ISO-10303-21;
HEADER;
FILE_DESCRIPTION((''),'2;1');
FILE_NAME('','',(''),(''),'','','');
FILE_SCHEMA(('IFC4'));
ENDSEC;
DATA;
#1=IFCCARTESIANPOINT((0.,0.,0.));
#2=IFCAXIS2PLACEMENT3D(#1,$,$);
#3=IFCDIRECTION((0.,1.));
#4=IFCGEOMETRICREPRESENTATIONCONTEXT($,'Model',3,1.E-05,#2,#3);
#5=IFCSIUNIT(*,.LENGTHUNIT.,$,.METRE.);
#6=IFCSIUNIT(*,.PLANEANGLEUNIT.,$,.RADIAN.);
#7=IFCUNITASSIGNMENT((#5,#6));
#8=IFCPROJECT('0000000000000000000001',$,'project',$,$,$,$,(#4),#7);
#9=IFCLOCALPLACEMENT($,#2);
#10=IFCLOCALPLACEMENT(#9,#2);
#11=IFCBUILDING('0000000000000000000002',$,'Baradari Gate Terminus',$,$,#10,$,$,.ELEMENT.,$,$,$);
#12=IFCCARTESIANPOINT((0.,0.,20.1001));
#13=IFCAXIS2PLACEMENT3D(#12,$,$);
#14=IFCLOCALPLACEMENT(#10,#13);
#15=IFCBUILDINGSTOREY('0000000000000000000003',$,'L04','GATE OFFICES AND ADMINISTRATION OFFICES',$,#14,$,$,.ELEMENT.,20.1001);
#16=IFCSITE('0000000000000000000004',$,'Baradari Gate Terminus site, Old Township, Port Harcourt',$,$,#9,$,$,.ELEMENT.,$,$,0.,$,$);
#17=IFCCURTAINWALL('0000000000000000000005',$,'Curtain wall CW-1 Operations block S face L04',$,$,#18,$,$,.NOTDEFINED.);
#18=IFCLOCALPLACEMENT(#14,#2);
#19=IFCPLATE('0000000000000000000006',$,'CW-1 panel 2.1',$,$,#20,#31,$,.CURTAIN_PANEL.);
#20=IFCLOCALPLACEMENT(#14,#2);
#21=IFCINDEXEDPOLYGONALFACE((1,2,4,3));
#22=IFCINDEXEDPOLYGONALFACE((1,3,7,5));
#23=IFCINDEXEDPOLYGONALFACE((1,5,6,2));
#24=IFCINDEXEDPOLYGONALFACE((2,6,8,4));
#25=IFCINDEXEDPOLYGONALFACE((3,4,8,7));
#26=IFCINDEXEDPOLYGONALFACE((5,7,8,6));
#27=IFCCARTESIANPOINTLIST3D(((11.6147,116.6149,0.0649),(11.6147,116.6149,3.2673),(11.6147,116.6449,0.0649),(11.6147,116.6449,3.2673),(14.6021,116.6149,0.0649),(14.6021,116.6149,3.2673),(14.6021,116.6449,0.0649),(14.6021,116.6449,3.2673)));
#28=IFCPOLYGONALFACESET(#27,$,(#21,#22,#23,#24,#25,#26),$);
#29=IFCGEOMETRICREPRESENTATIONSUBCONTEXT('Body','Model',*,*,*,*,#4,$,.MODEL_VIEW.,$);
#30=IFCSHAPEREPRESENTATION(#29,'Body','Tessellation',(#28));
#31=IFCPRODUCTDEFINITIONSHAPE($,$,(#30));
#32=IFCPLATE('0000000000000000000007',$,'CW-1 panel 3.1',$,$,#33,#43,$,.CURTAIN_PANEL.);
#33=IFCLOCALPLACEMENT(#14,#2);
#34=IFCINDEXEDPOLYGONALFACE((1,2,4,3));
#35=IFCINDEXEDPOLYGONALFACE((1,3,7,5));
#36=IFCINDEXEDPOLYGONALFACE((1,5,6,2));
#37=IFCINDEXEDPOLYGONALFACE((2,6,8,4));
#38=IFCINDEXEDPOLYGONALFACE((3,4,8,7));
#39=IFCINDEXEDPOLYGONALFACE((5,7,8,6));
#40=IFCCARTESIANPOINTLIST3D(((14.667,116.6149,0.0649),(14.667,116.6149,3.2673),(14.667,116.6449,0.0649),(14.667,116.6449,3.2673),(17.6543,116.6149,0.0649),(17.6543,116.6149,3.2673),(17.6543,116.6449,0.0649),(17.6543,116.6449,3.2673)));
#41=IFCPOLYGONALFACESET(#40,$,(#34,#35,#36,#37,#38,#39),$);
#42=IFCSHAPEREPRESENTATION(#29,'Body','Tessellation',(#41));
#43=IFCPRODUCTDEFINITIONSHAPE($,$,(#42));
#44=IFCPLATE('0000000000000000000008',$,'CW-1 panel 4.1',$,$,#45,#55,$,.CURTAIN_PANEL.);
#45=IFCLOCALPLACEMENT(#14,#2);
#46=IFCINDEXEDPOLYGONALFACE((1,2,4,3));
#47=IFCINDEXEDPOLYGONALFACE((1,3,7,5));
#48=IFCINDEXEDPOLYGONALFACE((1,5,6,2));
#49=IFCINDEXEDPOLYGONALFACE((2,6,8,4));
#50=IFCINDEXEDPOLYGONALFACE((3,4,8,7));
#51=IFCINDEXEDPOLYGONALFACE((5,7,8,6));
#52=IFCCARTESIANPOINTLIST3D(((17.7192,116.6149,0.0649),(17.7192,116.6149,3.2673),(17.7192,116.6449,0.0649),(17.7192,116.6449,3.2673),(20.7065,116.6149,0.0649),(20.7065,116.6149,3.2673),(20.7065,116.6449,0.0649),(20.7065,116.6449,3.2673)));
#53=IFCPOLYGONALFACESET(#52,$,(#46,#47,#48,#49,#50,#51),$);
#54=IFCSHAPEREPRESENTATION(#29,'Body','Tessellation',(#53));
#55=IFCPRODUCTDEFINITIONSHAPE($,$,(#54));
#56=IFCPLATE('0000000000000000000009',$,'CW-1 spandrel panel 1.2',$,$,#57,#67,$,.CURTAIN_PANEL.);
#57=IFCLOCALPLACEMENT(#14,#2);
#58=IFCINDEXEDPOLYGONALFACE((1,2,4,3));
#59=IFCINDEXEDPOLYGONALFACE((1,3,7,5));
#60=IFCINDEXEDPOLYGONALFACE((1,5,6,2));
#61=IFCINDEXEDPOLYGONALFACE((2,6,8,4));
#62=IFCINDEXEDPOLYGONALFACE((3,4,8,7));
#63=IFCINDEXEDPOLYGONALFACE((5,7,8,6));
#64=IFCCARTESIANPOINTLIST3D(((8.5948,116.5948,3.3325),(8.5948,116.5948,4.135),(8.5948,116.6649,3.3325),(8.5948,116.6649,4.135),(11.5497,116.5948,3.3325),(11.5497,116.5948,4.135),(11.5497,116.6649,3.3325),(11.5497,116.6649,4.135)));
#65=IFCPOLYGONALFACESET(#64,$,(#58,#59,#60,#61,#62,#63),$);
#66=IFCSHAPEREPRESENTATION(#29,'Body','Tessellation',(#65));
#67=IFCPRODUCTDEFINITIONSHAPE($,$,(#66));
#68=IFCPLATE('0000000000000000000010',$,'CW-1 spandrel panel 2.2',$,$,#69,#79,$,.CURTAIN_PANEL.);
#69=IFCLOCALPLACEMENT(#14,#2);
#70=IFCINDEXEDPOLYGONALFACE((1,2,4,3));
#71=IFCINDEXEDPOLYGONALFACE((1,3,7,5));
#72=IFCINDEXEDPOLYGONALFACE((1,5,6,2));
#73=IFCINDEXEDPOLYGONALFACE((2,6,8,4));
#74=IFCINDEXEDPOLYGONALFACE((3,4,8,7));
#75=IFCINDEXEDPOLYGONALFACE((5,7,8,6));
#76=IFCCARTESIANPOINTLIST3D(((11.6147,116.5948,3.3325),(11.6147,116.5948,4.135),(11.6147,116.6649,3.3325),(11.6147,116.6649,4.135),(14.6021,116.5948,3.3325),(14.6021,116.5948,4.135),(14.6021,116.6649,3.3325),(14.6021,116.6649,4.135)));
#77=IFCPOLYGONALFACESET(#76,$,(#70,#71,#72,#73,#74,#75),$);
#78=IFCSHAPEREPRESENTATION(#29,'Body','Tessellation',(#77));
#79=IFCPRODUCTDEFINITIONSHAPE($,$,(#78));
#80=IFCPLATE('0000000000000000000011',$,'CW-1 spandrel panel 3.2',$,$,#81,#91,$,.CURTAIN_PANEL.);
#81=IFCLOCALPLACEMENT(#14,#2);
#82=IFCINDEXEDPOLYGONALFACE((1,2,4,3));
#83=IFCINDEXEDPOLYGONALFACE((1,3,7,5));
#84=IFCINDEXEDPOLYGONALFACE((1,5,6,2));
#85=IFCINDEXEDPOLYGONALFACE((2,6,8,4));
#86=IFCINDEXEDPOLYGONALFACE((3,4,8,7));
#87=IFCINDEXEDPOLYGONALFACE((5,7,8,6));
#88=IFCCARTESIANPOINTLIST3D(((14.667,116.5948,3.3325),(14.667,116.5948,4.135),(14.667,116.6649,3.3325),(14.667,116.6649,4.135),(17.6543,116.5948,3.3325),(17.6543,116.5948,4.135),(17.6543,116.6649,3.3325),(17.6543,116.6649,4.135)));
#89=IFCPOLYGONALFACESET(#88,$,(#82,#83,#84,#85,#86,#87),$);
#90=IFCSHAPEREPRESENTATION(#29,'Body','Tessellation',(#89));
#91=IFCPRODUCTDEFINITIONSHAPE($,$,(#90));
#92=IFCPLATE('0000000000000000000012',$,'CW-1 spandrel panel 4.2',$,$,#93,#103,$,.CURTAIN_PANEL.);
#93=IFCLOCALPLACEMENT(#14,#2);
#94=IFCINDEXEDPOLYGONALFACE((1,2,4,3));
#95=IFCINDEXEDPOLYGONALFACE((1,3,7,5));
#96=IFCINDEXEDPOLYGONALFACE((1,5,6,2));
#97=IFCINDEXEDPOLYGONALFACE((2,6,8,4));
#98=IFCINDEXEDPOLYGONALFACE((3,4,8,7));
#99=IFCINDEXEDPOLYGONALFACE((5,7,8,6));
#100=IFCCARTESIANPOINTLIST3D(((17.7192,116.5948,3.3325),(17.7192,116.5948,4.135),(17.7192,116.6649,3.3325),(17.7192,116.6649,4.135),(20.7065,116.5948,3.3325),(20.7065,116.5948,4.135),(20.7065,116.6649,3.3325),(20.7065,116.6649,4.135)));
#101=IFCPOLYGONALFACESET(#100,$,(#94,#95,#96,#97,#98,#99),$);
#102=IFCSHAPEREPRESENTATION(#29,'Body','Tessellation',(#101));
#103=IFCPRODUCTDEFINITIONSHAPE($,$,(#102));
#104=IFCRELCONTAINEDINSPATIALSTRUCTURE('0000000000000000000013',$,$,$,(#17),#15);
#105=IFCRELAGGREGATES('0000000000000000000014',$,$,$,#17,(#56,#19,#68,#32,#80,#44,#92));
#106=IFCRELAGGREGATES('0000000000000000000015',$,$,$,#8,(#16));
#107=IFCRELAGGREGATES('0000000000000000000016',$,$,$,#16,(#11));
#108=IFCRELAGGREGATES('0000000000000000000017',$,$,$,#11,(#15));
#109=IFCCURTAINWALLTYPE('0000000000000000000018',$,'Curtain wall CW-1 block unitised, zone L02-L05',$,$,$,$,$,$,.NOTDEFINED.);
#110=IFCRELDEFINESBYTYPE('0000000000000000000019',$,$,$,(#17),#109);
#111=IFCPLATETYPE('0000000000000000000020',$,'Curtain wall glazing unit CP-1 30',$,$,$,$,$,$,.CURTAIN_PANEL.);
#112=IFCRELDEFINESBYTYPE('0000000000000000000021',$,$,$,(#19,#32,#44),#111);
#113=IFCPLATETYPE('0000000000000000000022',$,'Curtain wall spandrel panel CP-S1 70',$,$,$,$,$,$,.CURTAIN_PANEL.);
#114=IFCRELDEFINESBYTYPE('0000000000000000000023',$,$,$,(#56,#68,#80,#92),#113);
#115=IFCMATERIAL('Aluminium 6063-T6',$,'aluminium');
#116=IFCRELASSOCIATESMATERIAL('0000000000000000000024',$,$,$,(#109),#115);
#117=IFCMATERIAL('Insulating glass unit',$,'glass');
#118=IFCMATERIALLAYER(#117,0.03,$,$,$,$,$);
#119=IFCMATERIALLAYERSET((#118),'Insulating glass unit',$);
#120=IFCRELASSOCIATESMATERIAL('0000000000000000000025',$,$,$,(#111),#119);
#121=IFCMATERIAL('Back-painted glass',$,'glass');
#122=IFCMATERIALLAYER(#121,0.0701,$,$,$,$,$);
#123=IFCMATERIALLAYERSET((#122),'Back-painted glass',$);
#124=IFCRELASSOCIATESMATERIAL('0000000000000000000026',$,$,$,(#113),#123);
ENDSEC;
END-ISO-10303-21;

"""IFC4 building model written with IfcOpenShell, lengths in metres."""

from ifc_helpers import new_model, si_unit, direction, frame, origin, origin_2d, place, context, subcontext, project, spatial, rectangle, extrude, material, layer, layer_set, type_object, element, aggregate, save


model = new_model("IFC4")

# Units and contexts
model_context = context("Model", 3, precision=1e-05, world=origin(), true_north=direction((0.0, 1.0)))
body_context = subcontext(model_context, "Body", "Model", "MODEL_VIEW")
ifc_project = project(units=[si_unit("LENGTHUNIT", "METRE"), si_unit("PLANEANGLEUNIT", "RADIAN")], contexts=[model_context])

# Site, building, storey
site_placement = place(None, origin())
site = spatial("IfcSite", under=ifc_project, at=site_placement, Name="Baradari Gate Terminus site, Old Township, Port Harcourt", CompositionType="ELEMENT", RefElevation=0.0)
building_placement = place(site_placement, origin())
building = spatial("IfcBuilding", under=site, at=building_placement, Name="Baradari Gate Terminus", CompositionType="ELEMENT")
storey_placement = place(building_placement, frame((0.0, 0.0, 20.1001)))
storey = spatial("IfcBuildingStorey", under=building, at=storey_placement, Name="L04", Description="GATE OFFICES AND ADMINISTRATION OFFICES", CompositionType="ELEMENT", Elevation=20.1001)

# Curtain wall, plates
ifc_material_1 = material(Name="Aluminium 6063-T6", Category="aluminium")
curtain_wall_type = type_object("IfcCurtainWallType", Name="Curtain wall CW-1 block unitised, zone L02-L05", PredefinedType="NOTDEFINED", material=ifc_material_1)
curtain_wall_placement = place(storey_placement, origin())
curtain_wall = element("IfcCurtainWall", 1, at=curtain_wall_placement, inside=storey, type_object=curtain_wall_type, Name="Curtain wall CW-1 Operations block S face L04", PredefinedType="NOTDEFINED")
ifc_material_2 = material(Name="Insulating glass unit", Category="glass")
ifc_layer_1 = layer(ifc_material_2, 0.03)
ifc_layer_set_1 = layer_set([ifc_layer_1], Name="Insulating glass unit")
plate_type_1 = type_object("IfcPlateType", Name="Curtain wall glazing unit CP-1 30", PredefinedType="CURTAIN_PANEL", material=ifc_layer_set_1)
plate_1_placement = place(storey_placement, frame((13.1084, 116.6299, 0.0649), z_axis=(0.0, 0.0, 1.0), x_axis=(1.0, 0.0, 0.0)))
plate_1 = element("IfcPlate", 2, at=plate_1_placement, type_object=plate_type_1, Name="CW-1 panel 2.1", PredefinedType="CURTAIN_PANEL", context=body_context, shape_type="SweptSolid", body=[
    extrude(rectangle(XDim=2.9873, YDim=0.03, at=origin_2d()), origin(), (0.0, 0.0, 1.0), 3.2024),
])
plate_2_placement = place(storey_placement, frame((16.1606, 116.6299, 0.0649), z_axis=(0.0, 0.0, 1.0), x_axis=(1.0, 0.0, 0.0)))
plate_2 = element("IfcPlate", 3, at=plate_2_placement, type_object=plate_type_1, Name="CW-1 panel 3.1", PredefinedType="CURTAIN_PANEL", context=body_context, shape_type="SweptSolid", body=[
    extrude(rectangle(XDim=2.9873, YDim=0.03, at=origin_2d()), origin(), (0.0, 0.0, 1.0), 3.2024),
])
plate_3_placement = place(storey_placement, frame((19.2129, 116.6299, 0.0649), z_axis=(0.0, 0.0, 1.0), x_axis=(1.0, 0.0, 0.0)))
plate_3 = element("IfcPlate", 4, at=plate_3_placement, type_object=plate_type_1, Name="CW-1 panel 4.1", PredefinedType="CURTAIN_PANEL", context=body_context, shape_type="SweptSolid", body=[
    extrude(rectangle(XDim=2.9873, YDim=0.03, at=origin_2d()), origin(), (0.0, 0.0, 1.0), 3.2024),
])
ifc_material_3 = material(Name="Back-painted glass", Category="glass")
ifc_layer_2 = layer(ifc_material_3, 0.0701)
ifc_layer_set_2 = layer_set([ifc_layer_2], Name="Back-painted glass")
plate_type_2 = type_object("IfcPlateType", Name="Curtain wall spandrel panel CP-S1 70", PredefinedType="CURTAIN_PANEL", material=ifc_layer_set_2)
plate_4_placement = place(storey_placement, frame((10.0723, 116.6299, 3.3325), z_axis=(0.0, 0.0, 1.0), x_axis=(1.0, 0.0, 0.0)))
plate_4 = element("IfcPlate", 5, at=plate_4_placement, type_object=plate_type_2, Name="CW-1 spandrel panel 1.2", PredefinedType="CURTAIN_PANEL", context=body_context, shape_type="SweptSolid", body=[
    extrude(rectangle(XDim=2.9548, YDim=0.0701, at=origin_2d()), origin(), (0.0, 0.0, 1.0), 0.8025),
])
plate_5_placement = place(storey_placement, frame((13.1084, 116.6299, 3.3325), z_axis=(0.0, 0.0, 1.0), x_axis=(1.0, 0.0, 0.0)))
plate_5 = element("IfcPlate", 6, at=plate_5_placement, type_object=plate_type_2, Name="CW-1 spandrel panel 2.2", PredefinedType="CURTAIN_PANEL", context=body_context, shape_type="SweptSolid", body=[
    extrude(rectangle(XDim=2.9873, YDim=0.0701, at=origin_2d()), origin(), (0.0, 0.0, 1.0), 0.8025),
])
plate_6_placement = place(storey_placement, frame((16.1606, 116.6299, 3.3325), z_axis=(0.0, 0.0, 1.0), x_axis=(1.0, 0.0, 0.0)))
plate_6 = element("IfcPlate", 7, at=plate_6_placement, type_object=plate_type_2, Name="CW-1 spandrel panel 3.2", PredefinedType="CURTAIN_PANEL", context=body_context, shape_type="SweptSolid", body=[
    extrude(rectangle(XDim=2.9873, YDim=0.0701, at=origin_2d()), origin(), (0.0, 0.0, 1.0), 0.8025),
])
plate_7_placement = place(storey_placement, frame((19.2129, 116.6299, 3.3325), z_axis=(0.0, 0.0, 1.0), x_axis=(1.0, 0.0, 0.0)))
plate_7 = element("IfcPlate", 8, at=plate_7_placement, type_object=plate_type_2, Name="CW-1 spandrel panel 4.2", PredefinedType="CURTAIN_PANEL", context=body_context, shape_type="SweptSolid", body=[
    extrude(rectangle(XDim=2.9873, YDim=0.0701, at=origin_2d()), origin(), (0.0, 0.0, 1.0), 0.8025),
])
aggregate(curtain_wall, [plate_4, plate_1, plate_5, plate_2, plate_6, plate_3, plate_7])

save(model, "model.ifc")
